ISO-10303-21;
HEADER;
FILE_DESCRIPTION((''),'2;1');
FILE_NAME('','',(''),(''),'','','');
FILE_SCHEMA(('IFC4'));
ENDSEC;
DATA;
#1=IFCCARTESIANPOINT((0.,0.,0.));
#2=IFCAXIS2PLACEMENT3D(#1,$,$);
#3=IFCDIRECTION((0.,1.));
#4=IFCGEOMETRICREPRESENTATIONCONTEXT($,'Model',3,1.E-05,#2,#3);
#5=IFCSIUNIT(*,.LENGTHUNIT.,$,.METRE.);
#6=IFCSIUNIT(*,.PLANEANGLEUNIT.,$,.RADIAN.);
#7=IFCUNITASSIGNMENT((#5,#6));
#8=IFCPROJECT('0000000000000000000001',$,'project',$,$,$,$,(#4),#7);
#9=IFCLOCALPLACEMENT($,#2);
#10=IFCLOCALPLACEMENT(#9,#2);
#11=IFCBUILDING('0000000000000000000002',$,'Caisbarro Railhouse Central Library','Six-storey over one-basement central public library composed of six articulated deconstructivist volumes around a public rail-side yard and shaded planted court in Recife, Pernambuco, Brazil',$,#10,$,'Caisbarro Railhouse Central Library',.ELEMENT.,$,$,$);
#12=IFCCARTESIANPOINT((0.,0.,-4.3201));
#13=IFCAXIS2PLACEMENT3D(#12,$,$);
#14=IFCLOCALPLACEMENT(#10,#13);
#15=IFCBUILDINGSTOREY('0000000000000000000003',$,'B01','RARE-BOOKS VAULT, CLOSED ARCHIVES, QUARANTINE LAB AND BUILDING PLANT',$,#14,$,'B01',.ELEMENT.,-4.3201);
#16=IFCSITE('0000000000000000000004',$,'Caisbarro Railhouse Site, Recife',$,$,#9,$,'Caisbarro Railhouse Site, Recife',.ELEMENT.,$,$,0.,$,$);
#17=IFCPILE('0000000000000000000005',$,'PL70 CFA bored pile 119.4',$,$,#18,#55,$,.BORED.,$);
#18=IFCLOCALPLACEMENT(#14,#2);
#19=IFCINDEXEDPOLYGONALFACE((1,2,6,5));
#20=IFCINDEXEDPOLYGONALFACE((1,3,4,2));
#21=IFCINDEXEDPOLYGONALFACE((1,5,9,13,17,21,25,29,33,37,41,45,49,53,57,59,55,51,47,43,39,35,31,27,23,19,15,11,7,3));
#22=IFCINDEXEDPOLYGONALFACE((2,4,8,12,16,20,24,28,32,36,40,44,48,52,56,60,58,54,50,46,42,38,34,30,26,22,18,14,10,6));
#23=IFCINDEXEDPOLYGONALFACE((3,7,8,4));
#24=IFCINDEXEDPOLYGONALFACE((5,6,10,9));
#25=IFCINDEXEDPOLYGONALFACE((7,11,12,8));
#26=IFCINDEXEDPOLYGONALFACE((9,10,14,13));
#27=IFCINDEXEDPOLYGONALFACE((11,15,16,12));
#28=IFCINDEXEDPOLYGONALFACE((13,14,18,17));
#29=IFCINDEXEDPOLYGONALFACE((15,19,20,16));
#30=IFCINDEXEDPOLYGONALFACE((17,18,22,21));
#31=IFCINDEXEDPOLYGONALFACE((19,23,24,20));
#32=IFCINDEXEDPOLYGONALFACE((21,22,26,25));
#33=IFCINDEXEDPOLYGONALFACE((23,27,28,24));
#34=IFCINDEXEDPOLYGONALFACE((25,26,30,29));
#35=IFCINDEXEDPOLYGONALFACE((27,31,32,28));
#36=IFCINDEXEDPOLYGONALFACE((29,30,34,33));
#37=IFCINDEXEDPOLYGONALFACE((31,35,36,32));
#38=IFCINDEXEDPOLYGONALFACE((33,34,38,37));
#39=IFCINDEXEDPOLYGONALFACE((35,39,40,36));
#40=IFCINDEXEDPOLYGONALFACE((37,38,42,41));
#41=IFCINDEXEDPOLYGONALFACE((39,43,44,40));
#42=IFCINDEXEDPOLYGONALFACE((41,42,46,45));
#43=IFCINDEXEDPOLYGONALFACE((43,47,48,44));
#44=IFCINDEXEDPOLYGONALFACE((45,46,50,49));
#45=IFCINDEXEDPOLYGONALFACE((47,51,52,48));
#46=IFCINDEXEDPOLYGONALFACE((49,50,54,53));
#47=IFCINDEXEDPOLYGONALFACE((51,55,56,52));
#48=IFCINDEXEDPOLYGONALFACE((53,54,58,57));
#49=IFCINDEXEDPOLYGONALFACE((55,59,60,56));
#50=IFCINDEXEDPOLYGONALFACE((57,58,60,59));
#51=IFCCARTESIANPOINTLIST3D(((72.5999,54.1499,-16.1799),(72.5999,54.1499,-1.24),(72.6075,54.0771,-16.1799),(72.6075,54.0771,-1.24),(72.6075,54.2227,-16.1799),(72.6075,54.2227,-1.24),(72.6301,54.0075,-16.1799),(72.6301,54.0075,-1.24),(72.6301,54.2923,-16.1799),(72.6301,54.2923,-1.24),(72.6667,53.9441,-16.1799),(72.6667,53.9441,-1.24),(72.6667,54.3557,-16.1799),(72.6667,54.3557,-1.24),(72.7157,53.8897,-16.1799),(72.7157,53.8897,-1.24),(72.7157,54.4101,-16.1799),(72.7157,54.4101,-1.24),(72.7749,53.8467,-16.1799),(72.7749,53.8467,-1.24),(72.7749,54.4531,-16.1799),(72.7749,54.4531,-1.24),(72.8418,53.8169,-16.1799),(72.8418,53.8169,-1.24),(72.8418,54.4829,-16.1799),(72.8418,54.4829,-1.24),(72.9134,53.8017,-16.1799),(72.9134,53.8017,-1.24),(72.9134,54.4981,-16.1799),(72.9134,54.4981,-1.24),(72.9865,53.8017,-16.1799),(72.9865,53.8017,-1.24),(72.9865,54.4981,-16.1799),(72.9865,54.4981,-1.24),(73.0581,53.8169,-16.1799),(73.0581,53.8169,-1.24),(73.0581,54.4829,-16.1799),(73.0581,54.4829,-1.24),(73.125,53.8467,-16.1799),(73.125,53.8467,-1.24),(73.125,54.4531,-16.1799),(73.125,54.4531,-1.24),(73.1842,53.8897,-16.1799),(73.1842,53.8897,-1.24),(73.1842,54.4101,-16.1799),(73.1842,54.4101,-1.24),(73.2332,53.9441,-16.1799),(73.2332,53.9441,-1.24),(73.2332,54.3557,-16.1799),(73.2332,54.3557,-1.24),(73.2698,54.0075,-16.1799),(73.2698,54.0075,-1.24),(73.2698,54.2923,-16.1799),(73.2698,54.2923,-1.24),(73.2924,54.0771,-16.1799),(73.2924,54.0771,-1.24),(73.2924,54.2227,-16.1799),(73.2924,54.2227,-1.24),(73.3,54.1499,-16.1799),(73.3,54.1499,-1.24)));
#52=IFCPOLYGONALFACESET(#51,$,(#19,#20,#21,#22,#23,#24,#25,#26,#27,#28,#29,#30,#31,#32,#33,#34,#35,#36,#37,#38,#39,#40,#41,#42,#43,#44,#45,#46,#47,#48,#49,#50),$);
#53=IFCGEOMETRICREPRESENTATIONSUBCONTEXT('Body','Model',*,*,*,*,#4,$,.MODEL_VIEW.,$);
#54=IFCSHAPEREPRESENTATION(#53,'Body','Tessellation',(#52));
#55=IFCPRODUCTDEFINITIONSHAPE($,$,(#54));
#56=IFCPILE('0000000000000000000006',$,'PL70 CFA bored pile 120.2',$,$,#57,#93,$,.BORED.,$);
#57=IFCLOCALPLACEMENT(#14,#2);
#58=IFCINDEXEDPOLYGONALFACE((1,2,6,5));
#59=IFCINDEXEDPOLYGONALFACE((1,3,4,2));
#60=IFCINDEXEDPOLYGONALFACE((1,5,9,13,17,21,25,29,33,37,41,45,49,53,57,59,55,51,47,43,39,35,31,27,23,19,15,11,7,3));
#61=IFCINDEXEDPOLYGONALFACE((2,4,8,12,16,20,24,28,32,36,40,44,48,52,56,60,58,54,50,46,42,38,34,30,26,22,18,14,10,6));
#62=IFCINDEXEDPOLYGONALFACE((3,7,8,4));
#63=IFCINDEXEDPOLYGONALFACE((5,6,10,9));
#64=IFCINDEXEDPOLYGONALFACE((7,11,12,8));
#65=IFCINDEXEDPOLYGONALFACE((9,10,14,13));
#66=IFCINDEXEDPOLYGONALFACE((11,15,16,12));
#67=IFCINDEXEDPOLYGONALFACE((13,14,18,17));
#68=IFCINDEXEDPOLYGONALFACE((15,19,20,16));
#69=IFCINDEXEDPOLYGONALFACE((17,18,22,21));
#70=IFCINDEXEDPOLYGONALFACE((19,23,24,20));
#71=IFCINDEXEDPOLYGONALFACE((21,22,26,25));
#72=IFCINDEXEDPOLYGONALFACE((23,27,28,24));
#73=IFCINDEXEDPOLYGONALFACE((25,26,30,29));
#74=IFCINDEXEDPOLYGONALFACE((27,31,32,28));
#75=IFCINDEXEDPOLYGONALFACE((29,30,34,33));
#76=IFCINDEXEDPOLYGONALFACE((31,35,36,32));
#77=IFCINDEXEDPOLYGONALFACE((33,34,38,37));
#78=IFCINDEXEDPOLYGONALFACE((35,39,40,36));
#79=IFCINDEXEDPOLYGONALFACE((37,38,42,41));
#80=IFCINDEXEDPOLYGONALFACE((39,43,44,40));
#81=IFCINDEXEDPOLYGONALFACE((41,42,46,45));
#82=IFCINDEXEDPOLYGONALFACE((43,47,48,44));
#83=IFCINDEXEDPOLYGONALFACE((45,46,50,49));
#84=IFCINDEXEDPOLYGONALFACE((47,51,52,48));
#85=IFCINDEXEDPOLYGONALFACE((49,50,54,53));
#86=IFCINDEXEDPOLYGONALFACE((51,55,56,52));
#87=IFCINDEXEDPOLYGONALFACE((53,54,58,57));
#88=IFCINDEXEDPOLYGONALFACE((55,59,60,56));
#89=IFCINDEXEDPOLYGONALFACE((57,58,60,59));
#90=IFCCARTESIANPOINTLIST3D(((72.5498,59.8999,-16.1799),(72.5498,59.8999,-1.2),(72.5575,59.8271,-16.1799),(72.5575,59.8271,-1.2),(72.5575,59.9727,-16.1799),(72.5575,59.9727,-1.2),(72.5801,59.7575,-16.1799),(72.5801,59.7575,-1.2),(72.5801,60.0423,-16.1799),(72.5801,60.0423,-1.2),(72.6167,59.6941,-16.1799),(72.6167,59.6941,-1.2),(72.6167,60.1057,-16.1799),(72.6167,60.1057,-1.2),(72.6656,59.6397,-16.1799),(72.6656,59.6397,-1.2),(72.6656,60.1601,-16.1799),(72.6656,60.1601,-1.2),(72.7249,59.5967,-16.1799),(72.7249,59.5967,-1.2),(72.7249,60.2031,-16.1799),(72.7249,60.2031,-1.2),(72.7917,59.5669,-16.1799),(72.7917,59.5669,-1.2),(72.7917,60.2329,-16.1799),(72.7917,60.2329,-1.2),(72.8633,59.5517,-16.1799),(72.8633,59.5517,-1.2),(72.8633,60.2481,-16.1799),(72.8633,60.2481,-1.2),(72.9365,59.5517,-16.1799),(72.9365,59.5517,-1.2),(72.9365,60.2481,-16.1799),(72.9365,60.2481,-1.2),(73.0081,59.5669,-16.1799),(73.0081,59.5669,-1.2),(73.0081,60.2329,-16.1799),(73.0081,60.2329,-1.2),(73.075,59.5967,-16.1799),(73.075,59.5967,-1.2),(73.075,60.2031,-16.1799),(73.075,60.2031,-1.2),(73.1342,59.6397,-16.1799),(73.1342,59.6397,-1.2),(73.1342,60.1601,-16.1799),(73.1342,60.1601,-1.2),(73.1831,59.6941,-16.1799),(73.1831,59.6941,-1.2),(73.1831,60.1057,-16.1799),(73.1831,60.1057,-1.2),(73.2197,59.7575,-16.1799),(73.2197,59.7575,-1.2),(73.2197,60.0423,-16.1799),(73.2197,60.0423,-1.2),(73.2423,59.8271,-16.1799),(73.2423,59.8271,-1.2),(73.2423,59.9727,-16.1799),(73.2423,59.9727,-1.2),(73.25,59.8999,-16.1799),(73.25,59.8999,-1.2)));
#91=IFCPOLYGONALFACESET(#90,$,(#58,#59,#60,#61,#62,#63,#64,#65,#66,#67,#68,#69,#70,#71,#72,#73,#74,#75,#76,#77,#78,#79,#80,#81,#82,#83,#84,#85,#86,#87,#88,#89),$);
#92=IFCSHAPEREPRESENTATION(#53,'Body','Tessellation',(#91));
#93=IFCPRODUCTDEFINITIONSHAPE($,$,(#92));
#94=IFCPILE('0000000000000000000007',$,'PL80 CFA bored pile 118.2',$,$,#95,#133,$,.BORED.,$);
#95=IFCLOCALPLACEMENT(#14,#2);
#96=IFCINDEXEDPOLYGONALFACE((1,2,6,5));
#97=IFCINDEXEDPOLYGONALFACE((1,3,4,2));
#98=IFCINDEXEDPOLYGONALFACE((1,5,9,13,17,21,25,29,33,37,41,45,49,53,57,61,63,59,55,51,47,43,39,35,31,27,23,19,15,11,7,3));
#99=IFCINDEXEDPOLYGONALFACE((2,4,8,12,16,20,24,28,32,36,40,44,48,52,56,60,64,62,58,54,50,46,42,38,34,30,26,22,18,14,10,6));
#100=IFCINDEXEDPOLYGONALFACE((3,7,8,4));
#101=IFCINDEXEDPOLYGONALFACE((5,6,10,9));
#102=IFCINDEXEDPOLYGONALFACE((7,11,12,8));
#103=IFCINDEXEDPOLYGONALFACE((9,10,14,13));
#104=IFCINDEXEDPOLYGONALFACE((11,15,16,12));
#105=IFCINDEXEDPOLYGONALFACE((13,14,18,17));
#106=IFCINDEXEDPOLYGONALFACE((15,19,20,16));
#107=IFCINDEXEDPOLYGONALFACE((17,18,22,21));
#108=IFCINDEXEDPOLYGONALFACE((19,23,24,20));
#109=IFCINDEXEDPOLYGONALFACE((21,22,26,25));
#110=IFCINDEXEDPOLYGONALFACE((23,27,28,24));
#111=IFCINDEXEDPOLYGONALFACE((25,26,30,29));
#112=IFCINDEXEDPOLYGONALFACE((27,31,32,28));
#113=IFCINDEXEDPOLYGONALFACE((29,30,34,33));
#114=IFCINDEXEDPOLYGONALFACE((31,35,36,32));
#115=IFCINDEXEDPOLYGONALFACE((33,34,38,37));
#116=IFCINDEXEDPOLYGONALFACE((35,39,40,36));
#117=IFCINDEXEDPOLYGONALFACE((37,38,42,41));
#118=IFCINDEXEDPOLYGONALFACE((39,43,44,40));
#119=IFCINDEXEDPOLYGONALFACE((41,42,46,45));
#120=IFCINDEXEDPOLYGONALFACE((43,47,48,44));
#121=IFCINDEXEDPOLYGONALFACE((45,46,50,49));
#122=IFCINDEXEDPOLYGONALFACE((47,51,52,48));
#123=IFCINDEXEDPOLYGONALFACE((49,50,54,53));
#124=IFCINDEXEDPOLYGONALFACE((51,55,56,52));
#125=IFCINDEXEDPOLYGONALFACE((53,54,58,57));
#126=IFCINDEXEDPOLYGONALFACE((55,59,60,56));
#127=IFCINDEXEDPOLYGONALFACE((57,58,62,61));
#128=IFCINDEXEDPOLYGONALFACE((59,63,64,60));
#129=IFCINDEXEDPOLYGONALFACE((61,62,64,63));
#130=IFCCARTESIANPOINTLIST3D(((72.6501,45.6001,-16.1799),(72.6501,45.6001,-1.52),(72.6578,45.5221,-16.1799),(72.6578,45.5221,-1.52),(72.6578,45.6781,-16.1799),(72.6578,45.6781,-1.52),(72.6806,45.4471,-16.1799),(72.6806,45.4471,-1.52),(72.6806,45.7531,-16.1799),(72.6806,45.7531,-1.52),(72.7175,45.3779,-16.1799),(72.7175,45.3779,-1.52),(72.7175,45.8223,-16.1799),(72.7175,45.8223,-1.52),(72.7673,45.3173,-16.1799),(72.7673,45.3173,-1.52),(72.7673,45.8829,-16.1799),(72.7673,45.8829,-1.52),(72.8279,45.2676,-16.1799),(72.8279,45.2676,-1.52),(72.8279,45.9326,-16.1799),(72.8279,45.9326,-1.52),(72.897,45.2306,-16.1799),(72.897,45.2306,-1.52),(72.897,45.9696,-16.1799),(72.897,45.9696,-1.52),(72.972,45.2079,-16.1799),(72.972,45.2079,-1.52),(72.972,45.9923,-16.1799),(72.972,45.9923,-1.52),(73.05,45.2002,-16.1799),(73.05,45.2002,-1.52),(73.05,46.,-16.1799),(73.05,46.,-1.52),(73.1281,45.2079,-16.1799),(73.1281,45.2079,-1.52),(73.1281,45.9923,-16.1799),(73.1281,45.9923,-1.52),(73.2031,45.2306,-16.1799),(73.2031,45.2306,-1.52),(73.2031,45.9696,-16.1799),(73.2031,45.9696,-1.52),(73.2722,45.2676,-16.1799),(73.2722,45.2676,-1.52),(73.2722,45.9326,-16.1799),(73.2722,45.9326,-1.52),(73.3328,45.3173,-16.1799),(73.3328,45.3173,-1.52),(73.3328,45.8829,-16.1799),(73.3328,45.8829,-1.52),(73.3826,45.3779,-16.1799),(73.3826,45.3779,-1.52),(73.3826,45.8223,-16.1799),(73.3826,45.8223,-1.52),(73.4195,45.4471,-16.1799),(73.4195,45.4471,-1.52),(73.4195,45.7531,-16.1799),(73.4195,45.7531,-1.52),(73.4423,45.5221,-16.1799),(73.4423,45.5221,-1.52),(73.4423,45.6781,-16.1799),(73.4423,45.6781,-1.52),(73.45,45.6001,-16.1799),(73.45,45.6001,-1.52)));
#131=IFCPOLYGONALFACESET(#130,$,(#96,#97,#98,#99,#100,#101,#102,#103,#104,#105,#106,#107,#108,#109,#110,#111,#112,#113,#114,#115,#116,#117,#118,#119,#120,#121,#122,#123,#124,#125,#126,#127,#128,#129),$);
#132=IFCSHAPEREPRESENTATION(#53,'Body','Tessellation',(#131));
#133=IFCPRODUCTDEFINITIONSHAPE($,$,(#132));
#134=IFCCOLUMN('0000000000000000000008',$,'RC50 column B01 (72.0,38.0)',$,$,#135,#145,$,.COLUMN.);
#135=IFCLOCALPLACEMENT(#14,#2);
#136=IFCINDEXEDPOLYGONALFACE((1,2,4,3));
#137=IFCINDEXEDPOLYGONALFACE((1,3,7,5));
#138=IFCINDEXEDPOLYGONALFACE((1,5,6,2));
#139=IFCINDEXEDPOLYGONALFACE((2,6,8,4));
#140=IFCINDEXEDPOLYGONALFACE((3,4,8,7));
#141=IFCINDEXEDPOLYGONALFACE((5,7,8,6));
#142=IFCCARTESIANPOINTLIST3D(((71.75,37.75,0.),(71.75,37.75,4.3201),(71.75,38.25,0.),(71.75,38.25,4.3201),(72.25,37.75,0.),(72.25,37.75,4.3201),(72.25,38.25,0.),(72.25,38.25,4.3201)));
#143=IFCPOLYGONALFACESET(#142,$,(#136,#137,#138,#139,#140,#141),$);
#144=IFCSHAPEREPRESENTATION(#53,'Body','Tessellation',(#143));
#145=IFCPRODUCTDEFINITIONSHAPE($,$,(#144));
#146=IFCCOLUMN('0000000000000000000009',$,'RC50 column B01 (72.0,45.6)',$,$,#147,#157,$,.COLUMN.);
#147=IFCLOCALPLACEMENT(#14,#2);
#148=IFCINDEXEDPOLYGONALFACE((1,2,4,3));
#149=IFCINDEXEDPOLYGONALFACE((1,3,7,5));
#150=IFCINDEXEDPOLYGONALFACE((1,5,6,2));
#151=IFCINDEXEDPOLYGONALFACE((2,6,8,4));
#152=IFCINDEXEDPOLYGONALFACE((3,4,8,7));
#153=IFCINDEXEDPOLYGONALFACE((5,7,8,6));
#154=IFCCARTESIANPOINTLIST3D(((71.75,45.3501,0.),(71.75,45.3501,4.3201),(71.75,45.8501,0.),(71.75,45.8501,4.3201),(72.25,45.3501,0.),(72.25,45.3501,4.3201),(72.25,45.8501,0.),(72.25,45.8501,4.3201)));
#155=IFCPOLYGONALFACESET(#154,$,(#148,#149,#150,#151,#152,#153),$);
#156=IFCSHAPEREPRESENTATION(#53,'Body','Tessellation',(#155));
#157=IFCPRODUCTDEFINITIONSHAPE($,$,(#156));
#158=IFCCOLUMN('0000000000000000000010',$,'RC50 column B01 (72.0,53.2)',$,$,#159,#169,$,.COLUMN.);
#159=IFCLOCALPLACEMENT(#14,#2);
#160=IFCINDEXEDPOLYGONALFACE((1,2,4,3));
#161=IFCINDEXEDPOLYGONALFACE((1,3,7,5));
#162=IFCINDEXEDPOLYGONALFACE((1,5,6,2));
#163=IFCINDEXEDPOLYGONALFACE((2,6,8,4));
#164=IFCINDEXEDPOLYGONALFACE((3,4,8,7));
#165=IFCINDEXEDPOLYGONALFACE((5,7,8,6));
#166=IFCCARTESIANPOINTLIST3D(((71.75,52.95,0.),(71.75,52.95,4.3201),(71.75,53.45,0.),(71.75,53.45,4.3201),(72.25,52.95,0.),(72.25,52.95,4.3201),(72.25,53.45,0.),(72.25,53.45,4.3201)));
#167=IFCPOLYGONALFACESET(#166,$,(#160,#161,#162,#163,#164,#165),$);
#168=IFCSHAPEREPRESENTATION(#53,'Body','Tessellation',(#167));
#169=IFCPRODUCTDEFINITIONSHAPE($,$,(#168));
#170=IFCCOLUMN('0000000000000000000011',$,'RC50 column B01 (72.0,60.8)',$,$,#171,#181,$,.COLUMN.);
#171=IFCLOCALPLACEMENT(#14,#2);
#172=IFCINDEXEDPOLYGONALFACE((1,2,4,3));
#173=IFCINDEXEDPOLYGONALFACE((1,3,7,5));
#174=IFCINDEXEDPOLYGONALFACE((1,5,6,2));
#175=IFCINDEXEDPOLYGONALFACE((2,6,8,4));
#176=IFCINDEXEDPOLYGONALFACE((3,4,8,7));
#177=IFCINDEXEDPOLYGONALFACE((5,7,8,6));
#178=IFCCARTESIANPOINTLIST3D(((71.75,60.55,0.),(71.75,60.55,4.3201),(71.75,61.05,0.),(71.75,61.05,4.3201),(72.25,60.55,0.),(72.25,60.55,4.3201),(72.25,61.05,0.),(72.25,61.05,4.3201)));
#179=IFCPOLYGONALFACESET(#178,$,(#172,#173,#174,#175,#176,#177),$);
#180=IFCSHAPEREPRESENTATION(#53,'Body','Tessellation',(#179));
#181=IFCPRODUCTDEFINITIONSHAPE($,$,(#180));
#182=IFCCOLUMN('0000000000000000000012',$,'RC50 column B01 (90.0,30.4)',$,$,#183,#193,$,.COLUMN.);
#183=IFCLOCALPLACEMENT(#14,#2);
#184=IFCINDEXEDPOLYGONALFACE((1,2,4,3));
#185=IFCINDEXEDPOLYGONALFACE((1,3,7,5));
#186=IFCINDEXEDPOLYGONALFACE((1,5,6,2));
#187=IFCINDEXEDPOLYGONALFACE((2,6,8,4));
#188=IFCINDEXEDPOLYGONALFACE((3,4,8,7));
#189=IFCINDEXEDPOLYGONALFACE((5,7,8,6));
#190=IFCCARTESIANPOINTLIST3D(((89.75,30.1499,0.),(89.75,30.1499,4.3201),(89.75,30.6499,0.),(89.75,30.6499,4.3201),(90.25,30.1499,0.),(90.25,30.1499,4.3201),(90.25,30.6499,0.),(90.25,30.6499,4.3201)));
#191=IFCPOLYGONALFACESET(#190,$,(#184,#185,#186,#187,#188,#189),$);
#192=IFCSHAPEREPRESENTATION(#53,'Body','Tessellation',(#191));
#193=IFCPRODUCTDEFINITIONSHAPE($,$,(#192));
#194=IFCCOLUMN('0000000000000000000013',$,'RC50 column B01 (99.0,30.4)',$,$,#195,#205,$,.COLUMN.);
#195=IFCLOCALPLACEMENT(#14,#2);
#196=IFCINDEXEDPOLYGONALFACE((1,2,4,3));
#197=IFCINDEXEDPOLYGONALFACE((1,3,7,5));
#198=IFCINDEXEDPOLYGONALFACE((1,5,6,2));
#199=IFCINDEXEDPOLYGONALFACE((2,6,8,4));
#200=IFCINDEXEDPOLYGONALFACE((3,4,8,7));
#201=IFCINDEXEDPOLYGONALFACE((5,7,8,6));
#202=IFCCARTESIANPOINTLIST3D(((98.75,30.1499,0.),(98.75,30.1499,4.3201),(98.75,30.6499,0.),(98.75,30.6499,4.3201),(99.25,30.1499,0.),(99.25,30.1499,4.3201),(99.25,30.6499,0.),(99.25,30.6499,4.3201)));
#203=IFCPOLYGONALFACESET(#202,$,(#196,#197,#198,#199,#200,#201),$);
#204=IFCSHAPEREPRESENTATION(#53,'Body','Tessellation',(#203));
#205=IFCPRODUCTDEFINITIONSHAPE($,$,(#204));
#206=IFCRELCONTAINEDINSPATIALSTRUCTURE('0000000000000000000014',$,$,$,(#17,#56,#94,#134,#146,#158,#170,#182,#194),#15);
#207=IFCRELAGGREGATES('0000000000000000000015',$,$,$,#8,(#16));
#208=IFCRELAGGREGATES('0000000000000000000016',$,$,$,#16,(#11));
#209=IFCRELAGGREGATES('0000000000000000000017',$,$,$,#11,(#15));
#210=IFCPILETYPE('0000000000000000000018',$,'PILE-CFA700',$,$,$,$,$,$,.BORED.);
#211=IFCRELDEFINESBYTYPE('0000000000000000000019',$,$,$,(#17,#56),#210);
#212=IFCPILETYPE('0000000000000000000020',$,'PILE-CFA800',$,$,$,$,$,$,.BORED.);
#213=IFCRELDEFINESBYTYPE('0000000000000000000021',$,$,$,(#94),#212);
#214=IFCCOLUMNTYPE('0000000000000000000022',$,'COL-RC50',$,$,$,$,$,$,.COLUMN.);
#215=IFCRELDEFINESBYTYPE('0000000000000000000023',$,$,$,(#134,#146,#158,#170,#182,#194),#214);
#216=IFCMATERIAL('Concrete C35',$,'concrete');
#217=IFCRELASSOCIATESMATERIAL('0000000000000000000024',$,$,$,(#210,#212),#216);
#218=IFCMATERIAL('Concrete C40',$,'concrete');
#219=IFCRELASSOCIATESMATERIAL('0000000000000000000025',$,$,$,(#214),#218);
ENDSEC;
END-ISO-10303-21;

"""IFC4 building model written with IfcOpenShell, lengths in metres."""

from ifc_helpers import new_model, si_unit, direction, frame, origin, origin_2d, place, context, subcontext, project, spatial, rectangle, circle, extrude, material, material_profile, profile_set, type_object, element, save


model = new_model("IFC4")

# Units and contexts
model_context = context("Model", 3, precision=1e-05, world=origin(), true_north=direction((0.0, 1.0)))
body_context = subcontext(model_context, "Body", "Model", "MODEL_VIEW")
ifc_project = project(units=[si_unit("LENGTHUNIT", "METRE"), si_unit("PLANEANGLEUNIT", "RADIAN")], contexts=[model_context])

# Site, building, storey
site_placement = place(None, origin())
site = spatial("IfcSite", under=ifc_project, at=site_placement, Name="Caisbarro Railhouse Site, Recife", LongName="Caisbarro Railhouse Site, Recife", CompositionType="ELEMENT", RefElevation=0.0)
building_placement = place(site_placement, origin())
building = spatial("IfcBuilding", under=site, at=building_placement, Name="Caisbarro Railhouse Central Library", Description="Six-storey over one-basement central public library composed of six articulated deconstructivist volumes around a public rail-side yard and shaded planted court in Recife, Pernambuco, Brazil", LongName="Caisbarro Railhouse Central Library", CompositionType="ELEMENT")
storey_placement = place(building_placement, frame((0.0, 0.0, -4.3201)))
storey = spatial("IfcBuildingStorey", under=building, at=storey_placement, Name="B01", Description="RARE-BOOKS VAULT, CLOSED ARCHIVES, QUARANTINE LAB AND BUILDING PLANT", LongName="B01", CompositionType="ELEMENT", Elevation=-4.3201)

# Shared definitions
ifc_material_1 = material(Name="Concrete C40", Category="concrete")

# Piles
ifc_material_2 = material(Name="Concrete C35", Category="concrete")
ifc_material_profile_1 = material_profile(ifc_material_2, circle(Radius=0.3501, at=origin_2d()), Name="PILE-CFA-700")
ifc_profile_set_1 = profile_set([ifc_material_profile_1], Name="Concrete C35")
pile_type_1 = type_object("IfcPileType", Name="PILE-CFA700", PredefinedType="BORED", material=ifc_profile_set_1)
for number, where, z_axis, x_axis, name in (
    (1, (72.95, 54.1499, -1.24), (0.0, 0.0, -1.0), (1.0, 0.0, 0.0), "PL70 CFA bored pile 119.4"),
):
    element("IfcPile", number, at=place(storey_placement, frame(where, z_axis=z_axis, x_axis=x_axis)), inside=storey, type_object=pile_type_1, Name=name, PredefinedType="BORED", context=body_context, shape_type="SweptSolid", body=[
        extrude(circle(Radius=0.3501, at=origin_2d()), origin(), (0.0, 0.0, 1.0), 14.9399),
    ])
pile_1_placement = place(storey_placement, frame((72.8999, 59.8999, -1.2), z_axis=(0.0, 0.0, -1.0), x_axis=(1.0, 0.0, 0.0)))
element("IfcPile", 2, at=pile_1_placement, inside=storey, type_object=pile_type_1, Name="PL70 CFA bored pile 120.2", PredefinedType="BORED", context=body_context, shape_type="SweptSolid", body=[
    extrude(circle(Radius=0.3501, at=origin_2d()), origin(), (0.0, 0.0, 1.0), 14.98),
])
ifc_material_profile_2 = material_profile(ifc_material_2, circle(Radius=0.3999, at=origin_2d()), Name="PILE-CFA-800")
ifc_profile_set_2 = profile_set([ifc_material_profile_2], Name="Concrete C35")
pile_type_2 = type_object("IfcPileType", Name="PILE-CFA800", PredefinedType="BORED", material=ifc_profile_set_2)
pile_2_placement = place(storey_placement, frame((73.05, 45.6001, -1.52), z_axis=(0.0, 0.0, -1.0), x_axis=(1.0, 0.0, 0.0)))
element("IfcPile", 3, at=pile_2_placement, inside=storey, type_object=pile_type_2, Name="PL80 CFA bored pile 118.2", PredefinedType="BORED", context=body_context, shape_type="SweptSolid", body=[
    extrude(circle(Radius=0.3999, at=origin_2d()), origin(), (0.0, 0.0, 1.0), 14.6599),
])

# Columns
ifc_material_profile_3 = material_profile(ifc_material_1, rectangle(XDim=0.5, YDim=0.5, at=origin_2d()), Name="RC-COL-500X500")
ifc_profile_set_3 = profile_set([ifc_material_profile_3], Name="Concrete C40")
column_type = type_object("IfcColumnType", Name="COL-RC50", PredefinedType="COLUMN", material=ifc_profile_set_3)
for number, where, z_axis, x_axis, name in (
    (4, (72.0, 38.0, 0.0), (0.0, 0.0, 1.0), (1.0, 0.0, 0.0), "RC50 column B01 (72.0,38.0)"),
    (5, (72.0, 45.6001, 0.0), (0.0, 0.0, 1.0), (1.0, 0.0, 0.0), "RC50 column B01 (72.0,45.6)"),
    (6, (72.0, 53.2, 0.0), (0.0, 0.0, 1.0), (1.0, 0.0, 0.0), "RC50 column B01 (72.0,53.2)"),
    (7, (72.0, 60.8, 0.0), (0.0, 0.0, 1.0), (1.0, 0.0, 0.0), "RC50 column B01 (72.0,60.8)"),
    (8, (90.0, 30.3999, 0.0), (0.0, 0.0, 1.0), (1.0, 0.0, 0.0), "RC50 column B01 (90.0,30.4)"),
    (9, (99.0, 30.3999, 0.0), (0.0, 0.0, 1.0), (1.0, 0.0, 0.0), "RC50 column B01 (99.0,30.4)"),
):
    element("IfcColumn", number, at=place(storey_placement, frame(where, z_axis=z_axis, x_axis=x_axis)), inside=storey, type_object=column_type, Name=name, PredefinedType="COLUMN", context=body_context, shape_type="SweptSolid", body=[
        extrude(rectangle(XDim=0.5, YDim=0.5, at=origin_2d()), origin(), (0.0, 0.0, 1.0), 4.3201),
    ])

save(model, "model.ifc")
